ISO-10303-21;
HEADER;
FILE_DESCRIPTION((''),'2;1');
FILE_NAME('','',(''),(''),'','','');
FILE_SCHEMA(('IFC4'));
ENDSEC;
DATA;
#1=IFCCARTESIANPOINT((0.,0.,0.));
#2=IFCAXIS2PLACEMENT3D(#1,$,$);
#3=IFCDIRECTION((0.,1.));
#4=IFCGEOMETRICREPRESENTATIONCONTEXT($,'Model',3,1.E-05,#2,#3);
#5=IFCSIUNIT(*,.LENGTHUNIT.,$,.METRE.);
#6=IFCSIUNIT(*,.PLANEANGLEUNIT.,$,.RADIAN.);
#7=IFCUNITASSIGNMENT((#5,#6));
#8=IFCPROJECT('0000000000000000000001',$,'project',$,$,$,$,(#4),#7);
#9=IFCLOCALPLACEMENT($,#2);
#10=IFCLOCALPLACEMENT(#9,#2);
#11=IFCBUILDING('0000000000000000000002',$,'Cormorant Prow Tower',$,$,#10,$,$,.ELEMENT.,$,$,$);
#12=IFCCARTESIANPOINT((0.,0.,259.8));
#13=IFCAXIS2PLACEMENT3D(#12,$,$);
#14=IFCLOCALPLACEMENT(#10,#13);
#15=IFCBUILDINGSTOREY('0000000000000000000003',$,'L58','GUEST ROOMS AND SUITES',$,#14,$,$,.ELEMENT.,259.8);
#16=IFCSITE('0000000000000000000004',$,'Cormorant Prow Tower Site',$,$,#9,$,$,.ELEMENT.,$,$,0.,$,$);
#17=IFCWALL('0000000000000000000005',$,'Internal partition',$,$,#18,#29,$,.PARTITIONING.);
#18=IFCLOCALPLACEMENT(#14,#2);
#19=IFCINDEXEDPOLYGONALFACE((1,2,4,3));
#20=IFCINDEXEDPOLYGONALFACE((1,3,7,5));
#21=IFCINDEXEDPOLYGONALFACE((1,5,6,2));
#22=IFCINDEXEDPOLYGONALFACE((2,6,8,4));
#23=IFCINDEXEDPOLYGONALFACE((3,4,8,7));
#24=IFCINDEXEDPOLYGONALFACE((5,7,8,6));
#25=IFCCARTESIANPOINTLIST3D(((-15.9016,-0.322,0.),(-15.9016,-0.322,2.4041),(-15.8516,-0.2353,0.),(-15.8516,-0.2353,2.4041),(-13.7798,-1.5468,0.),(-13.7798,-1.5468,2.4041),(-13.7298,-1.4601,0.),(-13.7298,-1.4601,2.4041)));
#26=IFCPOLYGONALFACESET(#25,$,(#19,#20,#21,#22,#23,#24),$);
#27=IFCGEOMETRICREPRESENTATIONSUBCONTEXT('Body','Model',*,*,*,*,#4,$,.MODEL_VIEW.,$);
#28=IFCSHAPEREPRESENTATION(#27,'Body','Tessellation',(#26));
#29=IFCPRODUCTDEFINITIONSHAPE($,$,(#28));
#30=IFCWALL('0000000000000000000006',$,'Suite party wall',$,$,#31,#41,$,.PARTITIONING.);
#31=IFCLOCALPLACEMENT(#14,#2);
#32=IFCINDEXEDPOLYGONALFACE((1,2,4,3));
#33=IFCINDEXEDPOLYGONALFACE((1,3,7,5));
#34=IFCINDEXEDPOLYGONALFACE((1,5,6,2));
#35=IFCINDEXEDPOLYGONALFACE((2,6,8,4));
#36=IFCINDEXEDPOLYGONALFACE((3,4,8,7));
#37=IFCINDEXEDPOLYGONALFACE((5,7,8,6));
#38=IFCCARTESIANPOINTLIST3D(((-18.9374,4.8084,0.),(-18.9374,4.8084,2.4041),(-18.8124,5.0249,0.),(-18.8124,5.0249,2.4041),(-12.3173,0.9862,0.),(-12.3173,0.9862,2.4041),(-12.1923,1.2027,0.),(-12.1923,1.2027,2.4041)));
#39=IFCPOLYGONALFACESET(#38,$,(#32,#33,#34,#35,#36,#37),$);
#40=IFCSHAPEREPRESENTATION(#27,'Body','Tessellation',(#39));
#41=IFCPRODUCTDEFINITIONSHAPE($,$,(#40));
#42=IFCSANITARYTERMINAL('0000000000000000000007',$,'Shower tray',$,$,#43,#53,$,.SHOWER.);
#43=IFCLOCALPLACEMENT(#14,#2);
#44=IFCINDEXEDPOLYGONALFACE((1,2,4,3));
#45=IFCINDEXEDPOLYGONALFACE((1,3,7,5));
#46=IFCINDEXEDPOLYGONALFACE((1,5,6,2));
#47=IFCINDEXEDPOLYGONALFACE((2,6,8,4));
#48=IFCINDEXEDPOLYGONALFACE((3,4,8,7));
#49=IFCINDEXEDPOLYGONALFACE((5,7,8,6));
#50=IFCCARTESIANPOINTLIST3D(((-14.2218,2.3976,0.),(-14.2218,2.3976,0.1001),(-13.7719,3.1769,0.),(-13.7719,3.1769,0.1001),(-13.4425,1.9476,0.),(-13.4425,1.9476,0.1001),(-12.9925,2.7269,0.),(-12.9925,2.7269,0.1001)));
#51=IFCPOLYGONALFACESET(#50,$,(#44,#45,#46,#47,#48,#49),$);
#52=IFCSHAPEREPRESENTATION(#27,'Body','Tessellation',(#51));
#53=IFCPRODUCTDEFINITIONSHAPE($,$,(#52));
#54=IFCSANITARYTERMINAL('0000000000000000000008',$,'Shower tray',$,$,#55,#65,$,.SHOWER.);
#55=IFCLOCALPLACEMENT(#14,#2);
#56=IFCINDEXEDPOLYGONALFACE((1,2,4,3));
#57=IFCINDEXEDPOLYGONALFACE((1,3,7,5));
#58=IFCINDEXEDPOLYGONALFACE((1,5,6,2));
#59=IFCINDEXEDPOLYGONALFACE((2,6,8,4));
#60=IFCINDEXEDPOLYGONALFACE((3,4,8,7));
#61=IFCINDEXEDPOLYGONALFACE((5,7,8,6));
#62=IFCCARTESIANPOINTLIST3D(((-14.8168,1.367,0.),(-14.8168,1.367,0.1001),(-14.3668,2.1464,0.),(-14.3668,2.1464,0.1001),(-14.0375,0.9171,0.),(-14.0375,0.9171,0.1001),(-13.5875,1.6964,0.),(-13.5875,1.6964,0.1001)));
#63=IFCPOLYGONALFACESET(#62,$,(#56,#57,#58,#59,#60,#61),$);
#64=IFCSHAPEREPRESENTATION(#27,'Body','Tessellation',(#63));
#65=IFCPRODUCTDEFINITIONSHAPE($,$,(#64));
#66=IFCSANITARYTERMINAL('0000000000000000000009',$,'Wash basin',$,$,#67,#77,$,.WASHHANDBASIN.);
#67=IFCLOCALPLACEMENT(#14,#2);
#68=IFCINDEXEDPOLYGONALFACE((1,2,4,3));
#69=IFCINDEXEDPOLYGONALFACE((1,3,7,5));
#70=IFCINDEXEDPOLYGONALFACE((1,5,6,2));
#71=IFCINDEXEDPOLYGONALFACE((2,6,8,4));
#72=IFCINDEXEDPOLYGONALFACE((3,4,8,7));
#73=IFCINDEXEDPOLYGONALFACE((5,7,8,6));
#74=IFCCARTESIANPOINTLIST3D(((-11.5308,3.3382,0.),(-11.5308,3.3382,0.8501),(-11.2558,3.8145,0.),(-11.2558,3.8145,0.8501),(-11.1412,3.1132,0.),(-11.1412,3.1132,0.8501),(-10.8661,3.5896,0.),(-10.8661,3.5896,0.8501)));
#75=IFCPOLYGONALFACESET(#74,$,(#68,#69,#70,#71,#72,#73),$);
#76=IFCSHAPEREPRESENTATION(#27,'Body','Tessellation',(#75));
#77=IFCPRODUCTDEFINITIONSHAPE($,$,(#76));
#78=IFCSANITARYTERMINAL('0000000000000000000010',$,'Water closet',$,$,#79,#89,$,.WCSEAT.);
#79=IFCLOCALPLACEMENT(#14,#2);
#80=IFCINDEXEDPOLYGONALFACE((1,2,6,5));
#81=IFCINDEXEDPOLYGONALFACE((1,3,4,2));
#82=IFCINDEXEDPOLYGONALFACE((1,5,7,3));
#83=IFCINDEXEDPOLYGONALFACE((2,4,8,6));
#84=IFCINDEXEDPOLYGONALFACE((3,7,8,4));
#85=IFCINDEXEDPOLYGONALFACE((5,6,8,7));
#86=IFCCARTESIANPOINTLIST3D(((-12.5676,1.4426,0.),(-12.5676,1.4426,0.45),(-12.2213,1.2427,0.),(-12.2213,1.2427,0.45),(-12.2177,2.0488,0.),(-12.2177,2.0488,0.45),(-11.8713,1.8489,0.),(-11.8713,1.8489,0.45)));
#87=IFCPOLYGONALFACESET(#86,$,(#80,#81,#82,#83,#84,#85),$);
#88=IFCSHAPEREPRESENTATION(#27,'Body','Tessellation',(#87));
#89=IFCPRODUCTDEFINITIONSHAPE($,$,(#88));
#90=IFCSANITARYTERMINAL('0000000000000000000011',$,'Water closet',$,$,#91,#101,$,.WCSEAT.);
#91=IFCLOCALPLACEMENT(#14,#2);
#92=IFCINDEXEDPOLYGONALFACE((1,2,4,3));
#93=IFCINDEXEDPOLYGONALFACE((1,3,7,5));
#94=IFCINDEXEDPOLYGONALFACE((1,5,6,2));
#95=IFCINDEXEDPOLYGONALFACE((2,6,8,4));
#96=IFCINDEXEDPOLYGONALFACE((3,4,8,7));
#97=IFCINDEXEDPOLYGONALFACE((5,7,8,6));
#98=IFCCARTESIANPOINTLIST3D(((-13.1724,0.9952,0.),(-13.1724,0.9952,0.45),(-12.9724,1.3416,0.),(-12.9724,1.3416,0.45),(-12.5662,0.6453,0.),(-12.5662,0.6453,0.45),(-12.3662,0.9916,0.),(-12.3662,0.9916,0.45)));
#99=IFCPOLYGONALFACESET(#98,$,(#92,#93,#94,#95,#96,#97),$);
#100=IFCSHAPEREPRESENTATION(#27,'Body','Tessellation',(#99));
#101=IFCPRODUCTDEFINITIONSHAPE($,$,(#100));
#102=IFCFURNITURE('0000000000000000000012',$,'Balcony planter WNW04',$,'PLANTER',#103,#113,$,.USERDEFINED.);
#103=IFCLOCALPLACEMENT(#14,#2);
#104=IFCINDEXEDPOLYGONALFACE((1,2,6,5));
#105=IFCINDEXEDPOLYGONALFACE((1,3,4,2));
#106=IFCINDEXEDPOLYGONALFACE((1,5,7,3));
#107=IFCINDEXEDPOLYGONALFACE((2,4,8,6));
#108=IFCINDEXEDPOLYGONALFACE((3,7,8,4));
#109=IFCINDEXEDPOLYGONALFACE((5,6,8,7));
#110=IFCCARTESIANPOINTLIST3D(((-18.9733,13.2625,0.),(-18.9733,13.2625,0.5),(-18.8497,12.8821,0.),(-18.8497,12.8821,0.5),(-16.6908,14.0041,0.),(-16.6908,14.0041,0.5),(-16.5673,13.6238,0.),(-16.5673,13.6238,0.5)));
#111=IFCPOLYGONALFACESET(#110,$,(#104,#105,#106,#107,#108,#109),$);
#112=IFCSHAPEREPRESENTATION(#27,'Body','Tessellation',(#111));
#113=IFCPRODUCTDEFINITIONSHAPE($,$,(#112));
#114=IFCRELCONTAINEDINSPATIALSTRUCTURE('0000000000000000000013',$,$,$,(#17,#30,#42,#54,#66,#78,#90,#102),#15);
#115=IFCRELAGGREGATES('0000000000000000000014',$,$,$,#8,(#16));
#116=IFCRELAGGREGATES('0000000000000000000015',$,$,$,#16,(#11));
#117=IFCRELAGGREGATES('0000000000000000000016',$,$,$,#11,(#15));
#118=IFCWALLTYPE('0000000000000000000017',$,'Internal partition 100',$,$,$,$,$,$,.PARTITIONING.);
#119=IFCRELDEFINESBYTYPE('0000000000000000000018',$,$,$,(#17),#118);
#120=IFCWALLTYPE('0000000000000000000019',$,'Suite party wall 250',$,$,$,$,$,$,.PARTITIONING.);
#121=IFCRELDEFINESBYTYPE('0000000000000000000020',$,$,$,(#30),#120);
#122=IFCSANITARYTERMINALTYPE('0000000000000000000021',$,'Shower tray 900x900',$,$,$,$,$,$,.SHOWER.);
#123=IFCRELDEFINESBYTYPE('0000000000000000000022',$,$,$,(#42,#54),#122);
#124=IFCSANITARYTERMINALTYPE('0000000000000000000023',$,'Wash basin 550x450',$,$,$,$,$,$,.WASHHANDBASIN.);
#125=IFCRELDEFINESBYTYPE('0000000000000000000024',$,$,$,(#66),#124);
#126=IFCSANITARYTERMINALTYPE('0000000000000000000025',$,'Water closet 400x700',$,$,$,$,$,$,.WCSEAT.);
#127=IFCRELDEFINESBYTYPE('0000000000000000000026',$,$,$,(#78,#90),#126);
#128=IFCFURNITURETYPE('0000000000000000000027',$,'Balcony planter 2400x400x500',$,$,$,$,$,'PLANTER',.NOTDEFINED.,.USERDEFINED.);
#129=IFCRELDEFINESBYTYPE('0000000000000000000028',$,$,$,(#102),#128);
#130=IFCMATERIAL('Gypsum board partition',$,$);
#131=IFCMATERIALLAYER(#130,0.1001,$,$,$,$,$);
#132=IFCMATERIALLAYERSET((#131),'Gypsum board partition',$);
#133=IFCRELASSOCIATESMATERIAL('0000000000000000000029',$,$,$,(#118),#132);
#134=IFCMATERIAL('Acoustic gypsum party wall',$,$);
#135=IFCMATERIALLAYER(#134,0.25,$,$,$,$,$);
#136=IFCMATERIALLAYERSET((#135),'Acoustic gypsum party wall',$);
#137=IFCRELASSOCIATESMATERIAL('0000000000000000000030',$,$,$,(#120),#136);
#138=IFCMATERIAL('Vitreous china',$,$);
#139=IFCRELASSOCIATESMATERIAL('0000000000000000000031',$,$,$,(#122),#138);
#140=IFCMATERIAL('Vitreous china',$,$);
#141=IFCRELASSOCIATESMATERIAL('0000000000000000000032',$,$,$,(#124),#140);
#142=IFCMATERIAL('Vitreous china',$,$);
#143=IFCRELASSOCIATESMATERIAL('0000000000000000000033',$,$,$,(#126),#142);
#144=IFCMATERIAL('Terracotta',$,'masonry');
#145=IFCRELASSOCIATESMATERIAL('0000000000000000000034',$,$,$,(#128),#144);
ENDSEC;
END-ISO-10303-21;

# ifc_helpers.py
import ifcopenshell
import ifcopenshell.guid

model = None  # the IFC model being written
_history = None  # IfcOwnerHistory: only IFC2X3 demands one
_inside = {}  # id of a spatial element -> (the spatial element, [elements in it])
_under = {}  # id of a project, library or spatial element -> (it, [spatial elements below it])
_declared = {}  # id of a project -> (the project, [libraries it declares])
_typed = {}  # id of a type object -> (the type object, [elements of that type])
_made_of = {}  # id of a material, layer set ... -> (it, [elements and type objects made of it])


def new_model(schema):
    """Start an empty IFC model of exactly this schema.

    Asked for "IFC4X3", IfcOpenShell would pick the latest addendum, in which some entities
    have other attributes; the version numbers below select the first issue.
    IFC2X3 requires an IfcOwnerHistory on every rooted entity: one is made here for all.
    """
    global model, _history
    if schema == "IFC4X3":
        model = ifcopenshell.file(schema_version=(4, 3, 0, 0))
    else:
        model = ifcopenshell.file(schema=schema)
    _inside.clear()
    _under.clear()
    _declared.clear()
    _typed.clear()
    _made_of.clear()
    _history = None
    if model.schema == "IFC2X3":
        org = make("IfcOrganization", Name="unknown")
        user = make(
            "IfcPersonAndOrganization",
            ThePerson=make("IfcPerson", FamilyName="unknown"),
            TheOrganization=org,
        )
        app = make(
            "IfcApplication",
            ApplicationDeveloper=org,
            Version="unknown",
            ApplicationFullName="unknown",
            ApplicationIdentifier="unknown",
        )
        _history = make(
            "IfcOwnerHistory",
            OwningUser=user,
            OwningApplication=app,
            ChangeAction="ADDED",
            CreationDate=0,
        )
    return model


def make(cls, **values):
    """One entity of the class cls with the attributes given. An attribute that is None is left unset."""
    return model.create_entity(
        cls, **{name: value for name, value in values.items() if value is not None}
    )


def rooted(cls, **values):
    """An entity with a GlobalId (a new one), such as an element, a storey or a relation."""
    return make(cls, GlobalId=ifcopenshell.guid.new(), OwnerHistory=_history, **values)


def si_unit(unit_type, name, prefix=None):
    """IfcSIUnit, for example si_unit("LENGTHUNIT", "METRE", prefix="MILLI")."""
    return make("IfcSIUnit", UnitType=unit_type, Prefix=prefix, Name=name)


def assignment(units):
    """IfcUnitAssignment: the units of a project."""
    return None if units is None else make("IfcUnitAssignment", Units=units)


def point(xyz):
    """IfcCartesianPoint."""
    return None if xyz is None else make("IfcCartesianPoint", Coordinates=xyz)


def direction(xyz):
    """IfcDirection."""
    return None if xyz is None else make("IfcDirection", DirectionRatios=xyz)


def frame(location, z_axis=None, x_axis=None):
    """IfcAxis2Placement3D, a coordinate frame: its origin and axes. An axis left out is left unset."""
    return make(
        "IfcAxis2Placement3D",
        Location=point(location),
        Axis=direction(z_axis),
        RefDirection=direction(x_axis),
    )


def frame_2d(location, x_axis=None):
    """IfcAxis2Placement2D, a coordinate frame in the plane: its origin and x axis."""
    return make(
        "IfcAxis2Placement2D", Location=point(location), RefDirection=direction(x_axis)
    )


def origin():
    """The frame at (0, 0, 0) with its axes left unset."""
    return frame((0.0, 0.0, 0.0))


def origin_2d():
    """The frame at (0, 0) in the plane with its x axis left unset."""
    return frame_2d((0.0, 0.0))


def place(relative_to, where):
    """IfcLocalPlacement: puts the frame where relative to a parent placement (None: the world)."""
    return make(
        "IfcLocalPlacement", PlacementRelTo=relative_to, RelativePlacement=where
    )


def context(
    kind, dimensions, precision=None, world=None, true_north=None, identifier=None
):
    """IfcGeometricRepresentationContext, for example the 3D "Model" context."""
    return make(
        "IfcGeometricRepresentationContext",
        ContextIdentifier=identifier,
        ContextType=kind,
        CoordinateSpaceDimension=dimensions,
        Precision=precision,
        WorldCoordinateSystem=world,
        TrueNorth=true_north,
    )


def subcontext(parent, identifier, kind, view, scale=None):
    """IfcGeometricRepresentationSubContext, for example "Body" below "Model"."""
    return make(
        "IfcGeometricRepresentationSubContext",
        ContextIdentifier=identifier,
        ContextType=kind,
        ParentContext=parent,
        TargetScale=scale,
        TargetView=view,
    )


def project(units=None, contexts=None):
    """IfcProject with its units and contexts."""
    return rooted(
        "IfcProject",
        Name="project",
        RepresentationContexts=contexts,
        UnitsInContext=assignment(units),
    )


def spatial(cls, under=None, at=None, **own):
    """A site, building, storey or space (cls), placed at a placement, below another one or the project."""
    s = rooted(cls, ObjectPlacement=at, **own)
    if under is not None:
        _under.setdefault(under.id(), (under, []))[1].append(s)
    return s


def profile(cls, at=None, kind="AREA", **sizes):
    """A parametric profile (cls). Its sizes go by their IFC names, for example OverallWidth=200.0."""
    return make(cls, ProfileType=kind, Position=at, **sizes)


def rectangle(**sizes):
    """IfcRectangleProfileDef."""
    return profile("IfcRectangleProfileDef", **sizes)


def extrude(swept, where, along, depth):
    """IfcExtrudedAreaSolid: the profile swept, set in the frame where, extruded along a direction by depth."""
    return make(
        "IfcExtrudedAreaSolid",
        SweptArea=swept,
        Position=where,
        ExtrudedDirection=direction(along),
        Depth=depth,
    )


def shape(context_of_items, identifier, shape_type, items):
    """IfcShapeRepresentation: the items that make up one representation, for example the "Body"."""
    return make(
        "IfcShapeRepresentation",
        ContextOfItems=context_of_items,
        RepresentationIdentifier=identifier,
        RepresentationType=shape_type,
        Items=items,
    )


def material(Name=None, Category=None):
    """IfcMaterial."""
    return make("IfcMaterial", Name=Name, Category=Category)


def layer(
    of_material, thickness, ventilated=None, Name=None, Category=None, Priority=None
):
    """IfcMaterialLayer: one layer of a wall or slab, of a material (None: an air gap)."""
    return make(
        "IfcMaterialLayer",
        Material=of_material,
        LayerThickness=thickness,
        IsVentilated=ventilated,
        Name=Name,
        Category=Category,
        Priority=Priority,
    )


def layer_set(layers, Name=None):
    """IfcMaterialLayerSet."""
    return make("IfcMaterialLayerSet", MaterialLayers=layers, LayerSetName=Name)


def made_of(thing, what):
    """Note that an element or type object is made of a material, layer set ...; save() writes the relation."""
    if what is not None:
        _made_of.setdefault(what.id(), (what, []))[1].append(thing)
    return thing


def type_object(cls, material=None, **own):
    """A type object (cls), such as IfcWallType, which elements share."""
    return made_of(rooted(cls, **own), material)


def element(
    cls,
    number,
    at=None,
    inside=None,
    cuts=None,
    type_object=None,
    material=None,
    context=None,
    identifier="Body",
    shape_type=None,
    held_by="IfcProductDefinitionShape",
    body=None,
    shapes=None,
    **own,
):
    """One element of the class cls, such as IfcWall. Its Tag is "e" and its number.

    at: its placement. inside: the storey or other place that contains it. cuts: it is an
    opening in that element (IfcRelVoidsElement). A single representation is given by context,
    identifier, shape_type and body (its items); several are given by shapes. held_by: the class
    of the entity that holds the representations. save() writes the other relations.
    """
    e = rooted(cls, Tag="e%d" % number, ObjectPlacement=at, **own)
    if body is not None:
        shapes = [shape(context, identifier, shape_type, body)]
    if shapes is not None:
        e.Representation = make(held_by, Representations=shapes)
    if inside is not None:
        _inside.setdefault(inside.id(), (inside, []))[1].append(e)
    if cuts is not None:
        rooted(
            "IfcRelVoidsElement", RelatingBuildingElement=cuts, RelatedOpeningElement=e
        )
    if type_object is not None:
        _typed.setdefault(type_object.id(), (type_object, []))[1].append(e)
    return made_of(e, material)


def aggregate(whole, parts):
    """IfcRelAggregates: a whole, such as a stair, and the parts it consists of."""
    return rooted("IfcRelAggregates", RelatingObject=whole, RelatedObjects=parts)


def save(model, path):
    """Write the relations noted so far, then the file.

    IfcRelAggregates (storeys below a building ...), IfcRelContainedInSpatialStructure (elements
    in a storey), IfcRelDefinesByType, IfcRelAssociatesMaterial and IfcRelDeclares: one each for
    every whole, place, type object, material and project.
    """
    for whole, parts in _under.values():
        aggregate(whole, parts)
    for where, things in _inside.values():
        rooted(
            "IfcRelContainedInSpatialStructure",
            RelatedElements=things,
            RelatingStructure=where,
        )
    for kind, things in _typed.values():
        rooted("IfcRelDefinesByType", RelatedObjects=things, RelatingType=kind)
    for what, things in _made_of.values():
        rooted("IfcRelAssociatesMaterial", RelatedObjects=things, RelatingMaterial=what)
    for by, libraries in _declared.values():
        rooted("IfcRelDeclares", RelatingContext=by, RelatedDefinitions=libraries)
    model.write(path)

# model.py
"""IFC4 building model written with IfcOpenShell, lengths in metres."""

from ifc_helpers import new_model, si_unit, direction, frame, frame_2d, origin, origin_2d, place, context, subcontext, project, spatial, rectangle, extrude, material, layer, layer_set, type_object, element, save


model = new_model("IFC4")

# Units and contexts
model_context = context("Model", 3, precision=1e-05, world=origin(), true_north=direction((0.0, 1.0)))
body_context = subcontext(model_context, "Body", "Model", "MODEL_VIEW")
ifc_project = project(units=[si_unit("LENGTHUNIT", "METRE"), si_unit("PLANEANGLEUNIT", "RADIAN")], contexts=[model_context])

# Site, building, storey
site_placement = place(None, origin())
site = spatial("IfcSite", under=ifc_project, at=site_placement, Name="Cormorant Prow Tower Site", CompositionType="ELEMENT", RefElevation=0.0)
building_placement = place(site_placement, origin())
building = spatial("IfcBuilding", under=site, at=building_placement, Name="Cormorant Prow Tower", CompositionType="ELEMENT")
storey_placement = place(building_placement, frame((0.0, 0.0, 259.8)))
storey = spatial("IfcBuildingStorey", under=building, at=storey_placement, Name="L58", Description="GUEST ROOMS AND SUITES", CompositionType="ELEMENT", Elevation=259.8)

# Walls
ifc_material_1 = material(Name="Gypsum board partition")
ifc_layer_1 = layer(ifc_material_1, 0.1001)
ifc_layer_set_1 = layer_set([ifc_layer_1], Name="Gypsum board partition")
wall_type_1 = type_object("IfcWallType", Name="Internal partition 100", PredefinedType="PARTITIONING", material=ifc_layer_set_1)
for number, where, z_axis, x_axis, name in (
    (1, (-15.8767, -0.2786, 0.0), (0.0, 0.0, 1.0), (0.866058, -0.499944, 0.0), "Internal partition"),
):
    element("IfcWall", number, at=place(storey_placement, frame(where, z_axis=z_axis, x_axis=x_axis)), inside=storey, type_object=wall_type_1, Name=name, PredefinedType="PARTITIONING", context=body_context, shape_type="SweptSolid", body=[
        extrude(rectangle(XDim=2.45, YDim=0.1001, at=frame_2d((1.2251, 0.0))), origin(), (0.0, 0.0, 1.0), 2.4041),
    ])
ifc_material_2 = material(Name="Acoustic gypsum party wall")
ifc_layer_2 = layer(ifc_material_2, 0.25)
ifc_layer_set_2 = layer_set([ifc_layer_2], Name="Acoustic gypsum party wall")
wall_type_2 = type_object("IfcWallType", Name="Suite party wall 250", PredefinedType="PARTITIONING", material=ifc_layer_set_2)
wall_1_placement = place(storey_placement, frame((-18.875, 4.9167, 0.0), z_axis=(0.0, 0.0, 1.0), x_axis=(0.866018, -0.500014, 0.0)))
element("IfcWall", 2, at=wall_1_placement, inside=storey, type_object=wall_type_2, Name="Suite party wall", PredefinedType="PARTITIONING", context=body_context, shape_type="SweptSolid", body=[
    extrude(rectangle(XDim=7.6443, YDim=0.25, at=frame_2d((3.8223, 0.0))), origin(), (0.0, 0.0, 1.0), 2.4041),
])

# Sanitary terminals
ifc_material_3 = material(Name="Vitreous china")
sanitary_terminal_type_1 = type_object("IfcSanitaryTerminalType", Name="Shower tray 900x900", PredefinedType="SHOWER", material=ifc_material_3)
for number, where, z_axis, x_axis, name in (
    (3, (-13.6072, 2.5623, 0.0), (0.0, 0.0, 1.0), (0.5, 0.866025, 0.0), "Shower tray"),
    (4, (-14.2021, 1.5317, 0.0), (0.0, 0.0, 1.0), (0.866025, -0.5, 0.0), "Shower tray"),
):
    element("IfcSanitaryTerminal", number, at=place(storey_placement, frame(where, z_axis=z_axis, x_axis=x_axis)), inside=storey, type_object=sanitary_terminal_type_1, Name=name, PredefinedType="SHOWER", context=body_context, shape_type="SweptSolid", body=[
        extrude(rectangle(XDim=0.8999, YDim=0.8999, at=origin_2d()), origin(), (0.0, 0.0, 1.0), 0.1001),
    ])
ifc_material_4 = material(Name="Vitreous china")
sanitary_terminal_type_2 = type_object("IfcSanitaryTerminalType", Name="Wash basin 550x450", PredefinedType="WASHHANDBASIN", material=ifc_material_4)
sanitary_terminal_placement = place(storey_placement, frame((-11.1985, 3.4639, 0.0), z_axis=(0.0, 0.0, 1.0), x_axis=(-0.5, -0.866025, 0.0)))
element("IfcSanitaryTerminal", 5, at=sanitary_terminal_placement, inside=storey, type_object=sanitary_terminal_type_2, Name="Wash basin", PredefinedType="WASHHANDBASIN", context=body_context, shape_type="SweptSolid", body=[
    extrude(rectangle(XDim=0.55, YDim=0.45, at=origin_2d()), origin(), (0.0, 0.0, 1.0), 0.8501),
])
ifc_material_5 = material(Name="Vitreous china")
sanitary_terminal_type_3 = type_object("IfcSanitaryTerminalType", Name="Water closet 400x700", PredefinedType="WCSEAT", material=ifc_material_5)
for number, where, z_axis, x_axis, name in (
    (6, (-12.2195, 1.6458, 0.0), (0.0, 0.0, 1.0), (-0.866025, 0.5, 0.0), "Water closet"),
    (7, (-12.7693, 0.9934, 0.0), (0.0, 0.0, 1.0), (-0.5, -0.866025, 0.0), "Water closet"),
):
    element("IfcSanitaryTerminal", number, at=place(storey_placement, frame(where, z_axis=z_axis, x_axis=x_axis)), inside=storey, type_object=sanitary_terminal_type_3, Name=name, PredefinedType="WCSEAT", context=body_context, shape_type="SweptSolid", body=[
        extrude(rectangle(XDim=0.3999, YDim=0.7, at=origin_2d()), origin(), (0.0, 0.0, 1.0), 0.45),
    ])

# Furniture
ifc_material_6 = material(Name="Terracotta", Category="masonry")
furniture_type = type_object("IfcFurnitureType", Name="Balcony planter 2400x400x500", ElementType="PLANTER", AssemblyPlace="NOTDEFINED", PredefinedType="USERDEFINED", material=ifc_material_6)
furniture_placement = place(storey_placement, frame((-17.7703, 13.4431, 0.0), z_axis=(0.0, 0.0, 1.0), x_axis=(-0.951056, -0.309017, 0.0)))
element("IfcFurniture", 8, at=furniture_placement, inside=storey, type_object=furniture_type, Name="Balcony planter WNW04", ObjectType="PLANTER", PredefinedType="USERDEFINED", context=body_context, shape_type="SweptSolid", body=[
    extrude(rectangle(XDim=2.3999, YDim=0.3999, at=origin_2d()), origin(), (0.0, 0.0, 1.0), 0.5),
])

save(model, "model.ifc")
